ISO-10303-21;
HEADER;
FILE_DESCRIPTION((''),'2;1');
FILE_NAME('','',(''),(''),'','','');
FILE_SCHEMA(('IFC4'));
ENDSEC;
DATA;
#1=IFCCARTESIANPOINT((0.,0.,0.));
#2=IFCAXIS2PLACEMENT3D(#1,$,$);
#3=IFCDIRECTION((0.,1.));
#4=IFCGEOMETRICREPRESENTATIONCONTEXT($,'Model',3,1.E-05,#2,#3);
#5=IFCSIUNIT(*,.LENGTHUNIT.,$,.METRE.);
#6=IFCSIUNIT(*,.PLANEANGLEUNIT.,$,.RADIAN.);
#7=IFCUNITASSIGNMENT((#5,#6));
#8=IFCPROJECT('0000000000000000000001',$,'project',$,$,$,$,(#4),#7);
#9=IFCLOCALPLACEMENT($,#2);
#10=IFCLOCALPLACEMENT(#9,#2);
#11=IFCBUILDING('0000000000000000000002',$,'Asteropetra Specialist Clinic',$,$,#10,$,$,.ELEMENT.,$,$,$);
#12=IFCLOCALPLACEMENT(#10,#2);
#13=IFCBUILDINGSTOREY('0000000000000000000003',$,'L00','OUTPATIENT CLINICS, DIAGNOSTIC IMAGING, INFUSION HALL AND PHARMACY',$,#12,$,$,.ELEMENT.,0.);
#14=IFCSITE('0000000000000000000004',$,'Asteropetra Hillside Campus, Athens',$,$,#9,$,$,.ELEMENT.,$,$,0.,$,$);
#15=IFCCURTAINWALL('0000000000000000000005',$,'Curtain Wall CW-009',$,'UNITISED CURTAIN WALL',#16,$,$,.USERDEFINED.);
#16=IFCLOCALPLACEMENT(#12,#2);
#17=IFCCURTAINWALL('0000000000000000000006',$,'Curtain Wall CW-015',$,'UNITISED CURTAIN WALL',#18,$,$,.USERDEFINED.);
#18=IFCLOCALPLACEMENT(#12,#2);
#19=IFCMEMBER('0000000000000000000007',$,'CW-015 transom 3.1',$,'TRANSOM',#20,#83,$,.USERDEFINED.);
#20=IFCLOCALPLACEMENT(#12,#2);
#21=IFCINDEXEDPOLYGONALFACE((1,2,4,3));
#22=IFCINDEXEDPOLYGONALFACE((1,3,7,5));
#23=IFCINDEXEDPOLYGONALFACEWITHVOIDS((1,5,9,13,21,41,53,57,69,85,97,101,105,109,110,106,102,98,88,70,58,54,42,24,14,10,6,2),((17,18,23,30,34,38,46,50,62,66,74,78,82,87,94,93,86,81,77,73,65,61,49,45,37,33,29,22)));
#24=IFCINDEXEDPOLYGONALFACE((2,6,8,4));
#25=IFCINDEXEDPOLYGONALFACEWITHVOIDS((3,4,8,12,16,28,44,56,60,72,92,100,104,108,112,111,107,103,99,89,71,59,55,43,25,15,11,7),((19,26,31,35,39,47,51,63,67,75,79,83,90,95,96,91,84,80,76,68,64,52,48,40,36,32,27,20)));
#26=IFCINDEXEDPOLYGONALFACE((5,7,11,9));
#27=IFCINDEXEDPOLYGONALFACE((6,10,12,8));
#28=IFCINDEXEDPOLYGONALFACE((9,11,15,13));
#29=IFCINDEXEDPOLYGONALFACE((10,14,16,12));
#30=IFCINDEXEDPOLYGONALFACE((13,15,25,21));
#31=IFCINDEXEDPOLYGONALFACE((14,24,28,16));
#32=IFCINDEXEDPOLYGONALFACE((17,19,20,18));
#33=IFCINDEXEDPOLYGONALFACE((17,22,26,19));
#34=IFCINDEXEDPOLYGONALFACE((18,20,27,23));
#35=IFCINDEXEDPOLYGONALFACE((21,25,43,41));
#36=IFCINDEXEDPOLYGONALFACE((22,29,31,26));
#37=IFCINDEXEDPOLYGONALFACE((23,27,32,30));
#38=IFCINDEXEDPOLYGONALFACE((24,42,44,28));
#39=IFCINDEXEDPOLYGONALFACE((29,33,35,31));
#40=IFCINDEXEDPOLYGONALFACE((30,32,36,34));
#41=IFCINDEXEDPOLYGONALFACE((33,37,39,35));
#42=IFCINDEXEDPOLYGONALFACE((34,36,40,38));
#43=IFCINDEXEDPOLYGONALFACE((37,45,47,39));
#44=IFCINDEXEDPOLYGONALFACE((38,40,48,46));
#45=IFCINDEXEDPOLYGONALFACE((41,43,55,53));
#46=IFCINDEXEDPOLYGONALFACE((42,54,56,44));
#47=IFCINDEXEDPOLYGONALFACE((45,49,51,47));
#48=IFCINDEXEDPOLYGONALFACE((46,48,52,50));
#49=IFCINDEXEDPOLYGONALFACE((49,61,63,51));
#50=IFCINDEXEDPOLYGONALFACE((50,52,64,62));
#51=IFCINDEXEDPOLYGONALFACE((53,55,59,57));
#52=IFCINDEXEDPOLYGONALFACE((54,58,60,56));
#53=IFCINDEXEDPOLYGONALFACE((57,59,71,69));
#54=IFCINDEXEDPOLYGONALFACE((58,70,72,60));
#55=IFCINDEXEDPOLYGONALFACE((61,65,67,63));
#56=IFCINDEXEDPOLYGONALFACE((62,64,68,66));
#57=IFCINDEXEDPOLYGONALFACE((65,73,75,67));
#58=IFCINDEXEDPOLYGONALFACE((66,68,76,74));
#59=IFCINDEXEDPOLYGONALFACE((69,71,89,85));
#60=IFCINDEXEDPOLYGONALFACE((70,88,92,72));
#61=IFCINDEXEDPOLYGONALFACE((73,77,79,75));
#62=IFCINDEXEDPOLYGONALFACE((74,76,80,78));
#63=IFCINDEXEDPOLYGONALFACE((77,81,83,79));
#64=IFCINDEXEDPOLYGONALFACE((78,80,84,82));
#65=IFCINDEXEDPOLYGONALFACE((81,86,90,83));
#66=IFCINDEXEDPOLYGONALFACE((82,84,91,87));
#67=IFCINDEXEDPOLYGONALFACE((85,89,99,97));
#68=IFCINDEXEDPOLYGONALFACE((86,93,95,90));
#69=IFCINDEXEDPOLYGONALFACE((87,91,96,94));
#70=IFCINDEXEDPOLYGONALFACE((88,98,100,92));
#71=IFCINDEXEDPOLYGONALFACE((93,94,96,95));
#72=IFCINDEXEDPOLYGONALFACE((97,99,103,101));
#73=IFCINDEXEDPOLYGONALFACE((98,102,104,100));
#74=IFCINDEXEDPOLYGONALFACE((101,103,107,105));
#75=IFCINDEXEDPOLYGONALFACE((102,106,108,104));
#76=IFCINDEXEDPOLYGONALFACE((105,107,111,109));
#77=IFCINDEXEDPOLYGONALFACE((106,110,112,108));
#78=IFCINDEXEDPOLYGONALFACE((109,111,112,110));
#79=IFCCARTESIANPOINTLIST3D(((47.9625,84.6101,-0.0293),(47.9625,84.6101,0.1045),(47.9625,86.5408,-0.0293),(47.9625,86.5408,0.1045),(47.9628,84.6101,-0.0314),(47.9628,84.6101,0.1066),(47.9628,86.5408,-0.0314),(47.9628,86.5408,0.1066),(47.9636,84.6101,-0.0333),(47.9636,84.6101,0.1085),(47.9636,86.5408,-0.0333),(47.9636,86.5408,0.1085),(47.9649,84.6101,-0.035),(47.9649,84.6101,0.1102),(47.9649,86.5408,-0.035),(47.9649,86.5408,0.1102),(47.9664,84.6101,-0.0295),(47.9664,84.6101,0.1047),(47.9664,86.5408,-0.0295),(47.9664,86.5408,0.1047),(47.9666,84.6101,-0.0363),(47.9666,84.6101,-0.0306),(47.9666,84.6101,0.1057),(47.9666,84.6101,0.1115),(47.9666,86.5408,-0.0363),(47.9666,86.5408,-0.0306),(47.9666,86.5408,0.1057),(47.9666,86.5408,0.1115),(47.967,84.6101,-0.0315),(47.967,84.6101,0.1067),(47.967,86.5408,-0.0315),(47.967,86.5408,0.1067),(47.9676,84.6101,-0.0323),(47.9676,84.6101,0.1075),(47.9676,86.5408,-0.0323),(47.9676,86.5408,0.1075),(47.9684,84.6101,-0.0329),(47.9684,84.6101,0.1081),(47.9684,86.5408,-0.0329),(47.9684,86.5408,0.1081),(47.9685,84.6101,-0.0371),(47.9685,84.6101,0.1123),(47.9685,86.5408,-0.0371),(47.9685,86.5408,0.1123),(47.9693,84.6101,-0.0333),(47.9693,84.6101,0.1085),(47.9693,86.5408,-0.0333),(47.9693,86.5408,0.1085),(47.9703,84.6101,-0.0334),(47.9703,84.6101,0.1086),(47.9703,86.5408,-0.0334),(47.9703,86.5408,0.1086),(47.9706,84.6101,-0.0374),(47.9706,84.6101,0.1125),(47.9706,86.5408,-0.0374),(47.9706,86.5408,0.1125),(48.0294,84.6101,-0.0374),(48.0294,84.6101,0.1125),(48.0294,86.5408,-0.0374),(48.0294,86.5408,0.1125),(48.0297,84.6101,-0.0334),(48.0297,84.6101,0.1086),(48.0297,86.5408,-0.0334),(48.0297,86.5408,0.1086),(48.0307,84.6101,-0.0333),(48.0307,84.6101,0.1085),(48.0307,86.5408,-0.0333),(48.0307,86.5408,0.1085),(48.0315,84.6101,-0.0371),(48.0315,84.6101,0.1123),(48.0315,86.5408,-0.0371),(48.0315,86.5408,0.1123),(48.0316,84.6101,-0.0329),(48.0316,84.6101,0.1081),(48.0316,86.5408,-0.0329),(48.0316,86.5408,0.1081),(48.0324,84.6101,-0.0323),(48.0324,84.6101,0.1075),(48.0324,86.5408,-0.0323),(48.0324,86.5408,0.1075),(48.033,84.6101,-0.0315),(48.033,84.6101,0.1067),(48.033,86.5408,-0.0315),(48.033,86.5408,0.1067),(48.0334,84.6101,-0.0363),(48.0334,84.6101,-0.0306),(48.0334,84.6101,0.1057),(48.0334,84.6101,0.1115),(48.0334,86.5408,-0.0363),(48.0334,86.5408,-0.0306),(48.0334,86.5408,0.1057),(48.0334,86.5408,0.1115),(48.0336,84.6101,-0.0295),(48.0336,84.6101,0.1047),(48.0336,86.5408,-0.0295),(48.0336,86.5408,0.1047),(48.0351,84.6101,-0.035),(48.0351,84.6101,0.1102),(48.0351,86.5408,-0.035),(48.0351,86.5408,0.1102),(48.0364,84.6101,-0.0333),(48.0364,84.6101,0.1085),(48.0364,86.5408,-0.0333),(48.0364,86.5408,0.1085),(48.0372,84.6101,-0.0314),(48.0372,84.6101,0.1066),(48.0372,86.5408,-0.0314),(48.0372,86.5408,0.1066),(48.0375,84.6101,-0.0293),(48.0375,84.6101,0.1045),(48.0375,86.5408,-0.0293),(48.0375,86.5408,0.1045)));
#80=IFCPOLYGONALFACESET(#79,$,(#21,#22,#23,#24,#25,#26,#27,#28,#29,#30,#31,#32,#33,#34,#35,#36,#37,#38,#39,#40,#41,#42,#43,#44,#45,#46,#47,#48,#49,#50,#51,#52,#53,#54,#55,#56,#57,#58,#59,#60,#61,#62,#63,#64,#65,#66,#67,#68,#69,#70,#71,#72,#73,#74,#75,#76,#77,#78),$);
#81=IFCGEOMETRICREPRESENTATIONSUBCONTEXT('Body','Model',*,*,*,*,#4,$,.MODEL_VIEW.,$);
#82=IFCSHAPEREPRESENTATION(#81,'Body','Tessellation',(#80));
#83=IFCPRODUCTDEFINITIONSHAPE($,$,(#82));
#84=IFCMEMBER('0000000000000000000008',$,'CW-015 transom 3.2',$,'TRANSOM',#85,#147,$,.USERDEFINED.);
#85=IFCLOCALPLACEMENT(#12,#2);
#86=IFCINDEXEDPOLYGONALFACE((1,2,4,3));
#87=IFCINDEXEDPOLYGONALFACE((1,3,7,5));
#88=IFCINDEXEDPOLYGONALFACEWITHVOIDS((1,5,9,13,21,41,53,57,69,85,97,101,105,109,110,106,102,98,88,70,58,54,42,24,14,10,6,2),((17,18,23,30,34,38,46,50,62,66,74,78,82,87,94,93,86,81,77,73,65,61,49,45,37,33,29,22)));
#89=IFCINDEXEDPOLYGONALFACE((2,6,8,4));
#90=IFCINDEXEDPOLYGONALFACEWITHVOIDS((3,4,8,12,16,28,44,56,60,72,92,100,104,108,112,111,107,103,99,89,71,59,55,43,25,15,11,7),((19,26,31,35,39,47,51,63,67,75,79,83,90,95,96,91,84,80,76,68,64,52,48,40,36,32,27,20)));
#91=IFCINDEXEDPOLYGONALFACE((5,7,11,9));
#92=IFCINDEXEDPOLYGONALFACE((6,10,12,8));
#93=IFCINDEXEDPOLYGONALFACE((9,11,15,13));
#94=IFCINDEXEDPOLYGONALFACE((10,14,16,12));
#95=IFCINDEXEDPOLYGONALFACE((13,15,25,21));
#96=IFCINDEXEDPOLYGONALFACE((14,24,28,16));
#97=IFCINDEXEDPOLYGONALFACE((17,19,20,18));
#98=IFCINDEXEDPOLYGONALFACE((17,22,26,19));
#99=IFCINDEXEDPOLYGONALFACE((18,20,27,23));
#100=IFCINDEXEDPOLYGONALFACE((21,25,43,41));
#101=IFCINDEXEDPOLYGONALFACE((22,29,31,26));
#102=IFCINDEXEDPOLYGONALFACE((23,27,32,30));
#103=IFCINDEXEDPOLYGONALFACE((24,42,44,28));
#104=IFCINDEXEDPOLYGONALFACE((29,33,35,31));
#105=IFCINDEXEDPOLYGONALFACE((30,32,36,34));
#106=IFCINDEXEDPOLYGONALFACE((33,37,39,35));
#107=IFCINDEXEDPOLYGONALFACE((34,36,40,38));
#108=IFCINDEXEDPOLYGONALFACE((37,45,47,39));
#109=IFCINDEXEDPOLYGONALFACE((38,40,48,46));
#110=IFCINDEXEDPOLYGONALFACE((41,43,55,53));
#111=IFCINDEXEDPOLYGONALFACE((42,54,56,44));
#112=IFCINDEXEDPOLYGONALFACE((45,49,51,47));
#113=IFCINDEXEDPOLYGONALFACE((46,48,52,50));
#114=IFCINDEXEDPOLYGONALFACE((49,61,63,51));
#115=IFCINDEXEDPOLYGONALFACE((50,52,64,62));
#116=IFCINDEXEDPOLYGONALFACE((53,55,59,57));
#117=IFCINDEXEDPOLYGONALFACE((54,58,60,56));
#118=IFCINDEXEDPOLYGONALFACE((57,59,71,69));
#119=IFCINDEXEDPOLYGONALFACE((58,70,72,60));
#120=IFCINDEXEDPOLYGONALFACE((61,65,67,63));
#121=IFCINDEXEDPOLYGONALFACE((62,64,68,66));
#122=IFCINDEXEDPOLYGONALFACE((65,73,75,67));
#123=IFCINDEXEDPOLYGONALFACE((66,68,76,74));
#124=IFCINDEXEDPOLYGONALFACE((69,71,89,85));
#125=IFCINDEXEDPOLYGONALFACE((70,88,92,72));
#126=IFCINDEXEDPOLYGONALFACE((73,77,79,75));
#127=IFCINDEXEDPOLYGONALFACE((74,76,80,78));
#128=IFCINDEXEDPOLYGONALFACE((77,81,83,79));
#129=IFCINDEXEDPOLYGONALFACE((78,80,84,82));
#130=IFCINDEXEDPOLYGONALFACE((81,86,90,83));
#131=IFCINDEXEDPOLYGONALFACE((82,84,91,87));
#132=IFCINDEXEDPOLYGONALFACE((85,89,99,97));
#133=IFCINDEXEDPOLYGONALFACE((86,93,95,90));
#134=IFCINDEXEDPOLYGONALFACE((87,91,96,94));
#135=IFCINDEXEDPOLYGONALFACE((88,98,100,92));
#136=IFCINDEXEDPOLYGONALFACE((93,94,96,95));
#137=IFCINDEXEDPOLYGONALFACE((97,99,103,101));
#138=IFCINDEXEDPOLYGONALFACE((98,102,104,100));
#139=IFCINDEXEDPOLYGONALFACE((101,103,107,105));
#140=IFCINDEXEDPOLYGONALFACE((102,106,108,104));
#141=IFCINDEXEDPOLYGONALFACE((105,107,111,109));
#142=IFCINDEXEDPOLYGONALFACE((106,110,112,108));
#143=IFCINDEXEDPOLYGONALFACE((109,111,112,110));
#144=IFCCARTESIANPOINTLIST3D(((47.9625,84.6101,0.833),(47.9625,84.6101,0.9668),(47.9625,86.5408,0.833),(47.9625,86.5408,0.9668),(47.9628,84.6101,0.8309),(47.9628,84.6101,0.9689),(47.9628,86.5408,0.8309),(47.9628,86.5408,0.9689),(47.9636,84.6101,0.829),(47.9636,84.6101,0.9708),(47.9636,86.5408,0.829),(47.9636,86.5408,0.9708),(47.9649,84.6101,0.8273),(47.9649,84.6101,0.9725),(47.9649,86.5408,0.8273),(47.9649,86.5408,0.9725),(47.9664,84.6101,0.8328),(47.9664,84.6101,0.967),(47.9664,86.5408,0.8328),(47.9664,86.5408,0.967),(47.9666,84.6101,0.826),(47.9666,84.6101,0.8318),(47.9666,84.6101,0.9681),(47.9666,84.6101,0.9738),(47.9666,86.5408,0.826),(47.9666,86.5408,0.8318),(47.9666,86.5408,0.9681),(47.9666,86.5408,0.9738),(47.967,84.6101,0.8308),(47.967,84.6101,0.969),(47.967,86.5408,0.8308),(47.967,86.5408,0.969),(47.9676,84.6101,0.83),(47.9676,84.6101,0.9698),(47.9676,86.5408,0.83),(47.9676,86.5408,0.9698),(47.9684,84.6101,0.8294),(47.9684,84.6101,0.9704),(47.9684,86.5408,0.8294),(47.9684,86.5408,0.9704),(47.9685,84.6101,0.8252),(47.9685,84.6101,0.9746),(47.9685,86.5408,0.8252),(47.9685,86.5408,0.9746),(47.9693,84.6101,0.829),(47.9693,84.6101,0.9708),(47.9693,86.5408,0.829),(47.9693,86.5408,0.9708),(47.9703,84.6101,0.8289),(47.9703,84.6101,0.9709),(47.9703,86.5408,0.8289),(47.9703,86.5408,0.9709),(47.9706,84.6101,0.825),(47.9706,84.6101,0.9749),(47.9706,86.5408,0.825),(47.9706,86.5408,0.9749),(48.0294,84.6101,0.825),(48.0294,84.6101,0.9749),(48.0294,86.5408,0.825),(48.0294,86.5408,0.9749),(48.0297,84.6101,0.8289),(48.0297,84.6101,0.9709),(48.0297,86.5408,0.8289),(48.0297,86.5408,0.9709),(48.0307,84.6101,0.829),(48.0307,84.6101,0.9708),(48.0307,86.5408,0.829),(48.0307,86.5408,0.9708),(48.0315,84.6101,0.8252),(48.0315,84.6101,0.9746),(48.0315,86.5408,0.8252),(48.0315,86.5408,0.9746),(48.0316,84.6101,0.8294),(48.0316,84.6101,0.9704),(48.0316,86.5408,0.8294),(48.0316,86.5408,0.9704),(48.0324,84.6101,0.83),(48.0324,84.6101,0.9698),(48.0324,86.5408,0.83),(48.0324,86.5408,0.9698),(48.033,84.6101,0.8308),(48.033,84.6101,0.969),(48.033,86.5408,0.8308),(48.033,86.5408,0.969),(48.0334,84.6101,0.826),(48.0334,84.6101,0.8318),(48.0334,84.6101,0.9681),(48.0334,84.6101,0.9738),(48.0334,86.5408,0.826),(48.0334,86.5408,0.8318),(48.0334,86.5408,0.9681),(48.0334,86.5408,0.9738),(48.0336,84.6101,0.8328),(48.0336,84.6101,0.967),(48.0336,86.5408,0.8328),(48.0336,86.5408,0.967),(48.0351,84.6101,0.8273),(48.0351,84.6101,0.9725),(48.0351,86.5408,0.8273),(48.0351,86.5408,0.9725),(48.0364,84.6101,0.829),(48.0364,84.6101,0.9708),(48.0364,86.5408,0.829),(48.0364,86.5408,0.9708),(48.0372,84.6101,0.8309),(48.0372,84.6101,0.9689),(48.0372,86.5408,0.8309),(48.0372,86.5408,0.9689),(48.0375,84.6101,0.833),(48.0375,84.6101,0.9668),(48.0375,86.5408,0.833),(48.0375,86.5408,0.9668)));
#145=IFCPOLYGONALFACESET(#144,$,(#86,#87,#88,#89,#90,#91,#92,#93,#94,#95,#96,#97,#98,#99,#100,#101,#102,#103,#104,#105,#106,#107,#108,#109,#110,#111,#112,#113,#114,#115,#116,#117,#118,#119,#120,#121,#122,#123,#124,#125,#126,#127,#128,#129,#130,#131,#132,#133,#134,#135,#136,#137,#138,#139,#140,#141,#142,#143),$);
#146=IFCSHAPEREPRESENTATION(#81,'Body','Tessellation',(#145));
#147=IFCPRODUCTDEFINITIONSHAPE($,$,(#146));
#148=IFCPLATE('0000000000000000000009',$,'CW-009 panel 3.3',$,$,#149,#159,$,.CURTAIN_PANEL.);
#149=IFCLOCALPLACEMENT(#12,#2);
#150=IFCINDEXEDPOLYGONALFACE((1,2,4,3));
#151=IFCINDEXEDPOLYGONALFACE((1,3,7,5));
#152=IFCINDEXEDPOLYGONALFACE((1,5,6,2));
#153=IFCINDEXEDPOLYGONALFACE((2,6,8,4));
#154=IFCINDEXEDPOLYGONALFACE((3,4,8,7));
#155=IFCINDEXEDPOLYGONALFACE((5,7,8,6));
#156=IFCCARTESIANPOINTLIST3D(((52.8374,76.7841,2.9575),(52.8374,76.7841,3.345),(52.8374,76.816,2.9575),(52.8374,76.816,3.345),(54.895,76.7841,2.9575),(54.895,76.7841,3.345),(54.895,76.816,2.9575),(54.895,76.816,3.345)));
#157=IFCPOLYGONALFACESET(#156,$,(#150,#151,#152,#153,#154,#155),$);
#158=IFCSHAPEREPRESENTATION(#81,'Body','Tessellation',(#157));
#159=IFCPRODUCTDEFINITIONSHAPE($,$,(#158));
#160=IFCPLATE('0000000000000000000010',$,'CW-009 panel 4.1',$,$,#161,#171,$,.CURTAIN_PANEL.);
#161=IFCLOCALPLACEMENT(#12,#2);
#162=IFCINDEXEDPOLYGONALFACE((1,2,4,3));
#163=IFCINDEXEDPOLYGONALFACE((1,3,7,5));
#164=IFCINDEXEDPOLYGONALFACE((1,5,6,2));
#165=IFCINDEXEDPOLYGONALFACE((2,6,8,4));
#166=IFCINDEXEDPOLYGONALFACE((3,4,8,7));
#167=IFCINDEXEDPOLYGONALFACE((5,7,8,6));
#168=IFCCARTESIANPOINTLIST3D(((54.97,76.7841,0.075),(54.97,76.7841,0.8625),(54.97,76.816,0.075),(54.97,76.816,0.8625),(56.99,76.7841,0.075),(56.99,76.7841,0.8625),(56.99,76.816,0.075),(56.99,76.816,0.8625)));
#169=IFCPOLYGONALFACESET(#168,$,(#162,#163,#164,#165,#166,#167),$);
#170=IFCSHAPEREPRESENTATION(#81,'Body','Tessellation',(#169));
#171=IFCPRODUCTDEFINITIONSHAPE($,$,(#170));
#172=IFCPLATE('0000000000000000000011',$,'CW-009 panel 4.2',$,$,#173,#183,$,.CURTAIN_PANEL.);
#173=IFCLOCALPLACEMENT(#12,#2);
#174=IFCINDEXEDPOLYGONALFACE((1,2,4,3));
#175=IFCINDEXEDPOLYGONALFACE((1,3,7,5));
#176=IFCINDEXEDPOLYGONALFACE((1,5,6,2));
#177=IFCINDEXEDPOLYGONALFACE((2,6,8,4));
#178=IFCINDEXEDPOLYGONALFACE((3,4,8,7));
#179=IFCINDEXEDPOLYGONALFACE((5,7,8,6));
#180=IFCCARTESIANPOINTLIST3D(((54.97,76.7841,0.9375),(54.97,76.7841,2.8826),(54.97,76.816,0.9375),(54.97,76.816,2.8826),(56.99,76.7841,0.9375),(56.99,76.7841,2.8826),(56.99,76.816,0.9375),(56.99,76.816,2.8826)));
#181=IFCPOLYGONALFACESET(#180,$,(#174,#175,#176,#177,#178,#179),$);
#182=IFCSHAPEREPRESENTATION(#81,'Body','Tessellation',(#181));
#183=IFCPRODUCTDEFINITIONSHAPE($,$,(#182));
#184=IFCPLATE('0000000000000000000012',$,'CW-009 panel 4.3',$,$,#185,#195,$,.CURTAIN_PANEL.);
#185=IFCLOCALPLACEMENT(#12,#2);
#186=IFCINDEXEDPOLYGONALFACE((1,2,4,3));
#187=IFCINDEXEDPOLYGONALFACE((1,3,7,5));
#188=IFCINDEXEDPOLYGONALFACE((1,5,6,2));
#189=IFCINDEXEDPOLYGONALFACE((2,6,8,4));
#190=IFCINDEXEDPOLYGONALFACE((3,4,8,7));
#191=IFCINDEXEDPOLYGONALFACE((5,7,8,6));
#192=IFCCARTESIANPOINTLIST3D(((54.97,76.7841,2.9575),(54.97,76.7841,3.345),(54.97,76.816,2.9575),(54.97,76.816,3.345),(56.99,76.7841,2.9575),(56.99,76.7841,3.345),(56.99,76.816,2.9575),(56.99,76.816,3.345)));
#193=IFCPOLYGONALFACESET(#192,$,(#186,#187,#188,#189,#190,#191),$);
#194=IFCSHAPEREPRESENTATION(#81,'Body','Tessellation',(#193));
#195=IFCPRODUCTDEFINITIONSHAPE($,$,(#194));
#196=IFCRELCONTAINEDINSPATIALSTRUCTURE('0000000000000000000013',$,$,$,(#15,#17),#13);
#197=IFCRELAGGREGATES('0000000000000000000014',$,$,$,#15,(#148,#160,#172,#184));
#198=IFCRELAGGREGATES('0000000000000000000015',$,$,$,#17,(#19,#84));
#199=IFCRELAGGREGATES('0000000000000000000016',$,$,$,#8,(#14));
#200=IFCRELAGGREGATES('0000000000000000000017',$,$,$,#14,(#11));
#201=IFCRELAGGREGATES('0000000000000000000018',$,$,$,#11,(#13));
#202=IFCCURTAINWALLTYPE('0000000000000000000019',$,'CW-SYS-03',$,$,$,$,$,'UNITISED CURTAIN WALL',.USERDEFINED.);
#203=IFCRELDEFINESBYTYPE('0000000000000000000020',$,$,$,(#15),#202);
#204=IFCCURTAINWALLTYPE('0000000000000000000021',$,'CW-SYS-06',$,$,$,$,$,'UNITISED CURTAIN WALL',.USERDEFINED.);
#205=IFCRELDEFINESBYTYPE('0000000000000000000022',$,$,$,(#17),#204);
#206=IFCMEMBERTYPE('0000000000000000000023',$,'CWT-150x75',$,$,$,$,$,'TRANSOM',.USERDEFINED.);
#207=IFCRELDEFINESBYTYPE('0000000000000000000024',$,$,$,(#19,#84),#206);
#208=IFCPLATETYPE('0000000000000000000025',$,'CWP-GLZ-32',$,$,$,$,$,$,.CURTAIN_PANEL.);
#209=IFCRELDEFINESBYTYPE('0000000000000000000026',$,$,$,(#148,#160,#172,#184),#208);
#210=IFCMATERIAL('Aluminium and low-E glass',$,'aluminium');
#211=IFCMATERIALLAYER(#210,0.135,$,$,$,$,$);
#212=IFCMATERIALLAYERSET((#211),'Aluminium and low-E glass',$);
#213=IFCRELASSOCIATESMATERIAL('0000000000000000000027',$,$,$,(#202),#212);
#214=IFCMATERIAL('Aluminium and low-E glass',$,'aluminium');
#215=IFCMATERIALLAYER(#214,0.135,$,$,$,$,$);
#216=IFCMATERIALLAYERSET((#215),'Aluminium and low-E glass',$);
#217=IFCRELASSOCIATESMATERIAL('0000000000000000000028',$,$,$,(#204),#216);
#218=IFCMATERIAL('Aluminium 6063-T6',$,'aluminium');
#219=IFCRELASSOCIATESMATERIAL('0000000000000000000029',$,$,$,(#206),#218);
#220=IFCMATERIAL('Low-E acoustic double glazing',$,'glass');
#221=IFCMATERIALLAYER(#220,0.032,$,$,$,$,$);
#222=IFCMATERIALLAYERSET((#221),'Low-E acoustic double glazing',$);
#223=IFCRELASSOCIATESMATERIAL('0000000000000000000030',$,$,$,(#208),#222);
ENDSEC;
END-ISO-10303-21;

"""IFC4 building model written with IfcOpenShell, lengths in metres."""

from ifc_helpers import new_model, si_unit, direction, frame, origin, origin_2d, place, context, subcontext, project, spatial, rectangle, hollow_rectangle, extrude, material, layer, layer_set, material_profile, profile_set, type_object, element, aggregate, save


model = new_model("IFC4")

# Units and contexts
model_context = context("Model", 3, precision=1e-05, world=origin(), true_north=direction((0.0, 1.0)))
body_context = subcontext(model_context, "Body", "Model", "MODEL_VIEW")
ifc_project = project(units=[si_unit("LENGTHUNIT", "METRE"), si_unit("PLANEANGLEUNIT", "RADIAN")], contexts=[model_context])

# Site, building, storey
site_placement = place(None, origin())
site = spatial("IfcSite", under=ifc_project, at=site_placement, Name="Asteropetra Hillside Campus, Athens", CompositionType="ELEMENT", RefElevation=0.0)
building_placement = place(site_placement, origin())
building = spatial("IfcBuilding", under=site, at=building_placement, Name="Asteropetra Specialist Clinic", CompositionType="ELEMENT")
storey_placement = place(building_placement, origin())
storey = spatial("IfcBuildingStorey", under=building, at=storey_placement, Name="L00", Description="OUTPATIENT CLINICS, DIAGNOSTIC IMAGING, INFUSION HALL AND PHARMACY", CompositionType="ELEMENT", Elevation=0.0)

# Curtain walls
ifc_material_1 = material(Name="Aluminium and low-E glass", Category="aluminium")
ifc_layer_1 = layer(ifc_material_1, 0.135)
ifc_layer_set_1 = layer_set([ifc_layer_1], Name="Aluminium and low-E glass")
curtain_wall_type_1 = type_object("IfcCurtainWallType", Name="CW-SYS-03", ElementType="UNITISED CURTAIN WALL", PredefinedType="USERDEFINED", material=ifc_layer_set_1)
curtain_wall_1_placement = place(storey_placement, origin())
curtain_wall_1 = element("IfcCurtainWall", 1, at=curtain_wall_1_placement, inside=storey, type_object=curtain_wall_type_1, Name="Curtain Wall CW-009", ObjectType="UNITISED CURTAIN WALL", PredefinedType="USERDEFINED")
ifc_material_2 = material(Name="Aluminium and low-E glass", Category="aluminium")
ifc_layer_2 = layer(ifc_material_2, 0.135)
ifc_layer_set_2 = layer_set([ifc_layer_2], Name="Aluminium and low-E glass")
curtain_wall_type_2 = type_object("IfcCurtainWallType", Name="CW-SYS-06", ElementType="UNITISED CURTAIN WALL", PredefinedType="USERDEFINED", material=ifc_layer_set_2)
curtain_wall_2_placement = place(storey_placement, origin())
curtain_wall_2 = element("IfcCurtainWall", 2, at=curtain_wall_2_placement, inside=storey, type_object=curtain_wall_type_2, Name="Curtain Wall CW-015", ObjectType="UNITISED CURTAIN WALL", PredefinedType="USERDEFINED")

# Members
ifc_material_3 = material(Name="Aluminium 6063-T6", Category="aluminium")
ifc_material_profile_1 = material_profile(ifc_material_3, hollow_rectangle(XDim=0.075, YDim=0.1499, WallThickness=0.0039, InnerFilletRadius=0.0039, OuterFilletRadius=0.0081, at=origin_2d()), Name="TRN 150x75x4.0")
ifc_profile_set_1 = profile_set([ifc_material_profile_1], Name="Aluminium 6063-T6")
member_type_1 = type_object("IfcMemberType", Name="CWT-150x75", ElementType="TRANSOM", PredefinedType="USERDEFINED", material=ifc_profile_set_1)
member_1_placement = place(storey_placement, frame((48.0, 86.5408, 0.0376), z_axis=(0.0, -1.0, 0.0), x_axis=(1.0, 0.0, 0.0)))
member_1 = element("IfcMember", 3, at=member_1_placement, type_object=member_type_1, Name="CW-015 transom 3.1", ObjectType="TRANSOM", PredefinedType="USERDEFINED", context=body_context, shape_type="SweptSolid", body=[
    extrude(hollow_rectangle(XDim=0.075, YDim=0.1499, WallThickness=0.0039, InnerFilletRadius=0.0039, OuterFilletRadius=0.0081, at=origin_2d()), origin(), (0.0, 0.0, 1.0), 1.9307),
])
member_2_placement = place(storey_placement, frame((48.0, 86.5408, 0.8999), z_axis=(0.0, -1.0, 0.0), x_axis=(1.0, 0.0, 0.0)))
member_2 = element("IfcMember", 4, at=member_2_placement, type_object=member_type_1, Name="CW-015 transom 3.2", ObjectType="TRANSOM", PredefinedType="USERDEFINED", context=body_context, shape_type="SweptSolid", body=[
    extrude(hollow_rectangle(XDim=0.075, YDim=0.1499, WallThickness=0.0039, InnerFilletRadius=0.0039, OuterFilletRadius=0.0081, at=origin_2d()), origin(), (0.0, 0.0, 1.0), 1.9307),
])

# Plates
ifc_material_4 = material(Name="Low-E acoustic double glazing", Category="glass")
ifc_layer_3 = layer(ifc_material_4, 0.032)
ifc_layer_set_3 = layer_set([ifc_layer_3], Name="Low-E acoustic double glazing")
plate_type_1 = type_object("IfcPlateType", Name="CWP-GLZ-32", PredefinedType="CURTAIN_PANEL", material=ifc_layer_set_3)
plate_1_placement = place(storey_placement, frame((53.8662, 76.8, 2.9575), z_axis=(0.0, 0.0, 1.0), x_axis=(1.0, 0.0, 0.0)))
plate_1 = element("IfcPlate", 5, at=plate_1_placement, type_object=plate_type_1, Name="CW-009 panel 3.3", PredefinedType="CURTAIN_PANEL", context=body_context, shape_type="SweptSolid", body=[
    extrude(rectangle(XDim=2.0576, YDim=0.032, at=origin_2d()), origin(), (0.0, 0.0, 1.0), 0.3875),
])
plate_2_placement = place(storey_placement, frame((55.98, 76.8, 0.075), z_axis=(0.0, 0.0, 1.0), x_axis=(1.0, 0.0, 0.0)))
plate_2 = element("IfcPlate", 6, at=plate_2_placement, type_object=plate_type_1, Name="CW-009 panel 4.1", PredefinedType="CURTAIN_PANEL", context=body_context, shape_type="SweptSolid", body=[
    extrude(rectangle(XDim=2.02, YDim=0.032, at=origin_2d()), origin(), (0.0, 0.0, 1.0), 0.7876),
])
plate_3_placement = place(storey_placement, frame((55.98, 76.8, 0.9375), z_axis=(0.0, 0.0, 1.0), x_axis=(1.0, 0.0, 0.0)))
plate_3 = element("IfcPlate", 7, at=plate_3_placement, type_object=plate_type_1, Name="CW-009 panel 4.2", PredefinedType="CURTAIN_PANEL", context=body_context, shape_type="SweptSolid", body=[
    extrude(rectangle(XDim=2.02, YDim=0.032, at=origin_2d()), origin(), (0.0, 0.0, 1.0), 1.9451),
])
plate_4_placement = place(storey_placement, frame((55.98, 76.8, 2.9575), z_axis=(0.0, 0.0, 1.0), x_axis=(1.0, 0.0, 0.0)))
plate_4 = element("IfcPlate", 8, at=plate_4_placement, type_object=plate_type_1, Name="CW-009 panel 4.3", PredefinedType="CURTAIN_PANEL", context=body_context, shape_type="SweptSolid", body=[
    extrude(rectangle(XDim=2.02, YDim=0.032, at=origin_2d()), origin(), (0.0, 0.0, 1.0), 0.3875),
])
aggregate(curtain_wall_1, [plate_1, plate_2, plate_3, plate_4])
aggregate(curtain_wall_2, [member_1, member_2])

save(model, "model.ifc")
